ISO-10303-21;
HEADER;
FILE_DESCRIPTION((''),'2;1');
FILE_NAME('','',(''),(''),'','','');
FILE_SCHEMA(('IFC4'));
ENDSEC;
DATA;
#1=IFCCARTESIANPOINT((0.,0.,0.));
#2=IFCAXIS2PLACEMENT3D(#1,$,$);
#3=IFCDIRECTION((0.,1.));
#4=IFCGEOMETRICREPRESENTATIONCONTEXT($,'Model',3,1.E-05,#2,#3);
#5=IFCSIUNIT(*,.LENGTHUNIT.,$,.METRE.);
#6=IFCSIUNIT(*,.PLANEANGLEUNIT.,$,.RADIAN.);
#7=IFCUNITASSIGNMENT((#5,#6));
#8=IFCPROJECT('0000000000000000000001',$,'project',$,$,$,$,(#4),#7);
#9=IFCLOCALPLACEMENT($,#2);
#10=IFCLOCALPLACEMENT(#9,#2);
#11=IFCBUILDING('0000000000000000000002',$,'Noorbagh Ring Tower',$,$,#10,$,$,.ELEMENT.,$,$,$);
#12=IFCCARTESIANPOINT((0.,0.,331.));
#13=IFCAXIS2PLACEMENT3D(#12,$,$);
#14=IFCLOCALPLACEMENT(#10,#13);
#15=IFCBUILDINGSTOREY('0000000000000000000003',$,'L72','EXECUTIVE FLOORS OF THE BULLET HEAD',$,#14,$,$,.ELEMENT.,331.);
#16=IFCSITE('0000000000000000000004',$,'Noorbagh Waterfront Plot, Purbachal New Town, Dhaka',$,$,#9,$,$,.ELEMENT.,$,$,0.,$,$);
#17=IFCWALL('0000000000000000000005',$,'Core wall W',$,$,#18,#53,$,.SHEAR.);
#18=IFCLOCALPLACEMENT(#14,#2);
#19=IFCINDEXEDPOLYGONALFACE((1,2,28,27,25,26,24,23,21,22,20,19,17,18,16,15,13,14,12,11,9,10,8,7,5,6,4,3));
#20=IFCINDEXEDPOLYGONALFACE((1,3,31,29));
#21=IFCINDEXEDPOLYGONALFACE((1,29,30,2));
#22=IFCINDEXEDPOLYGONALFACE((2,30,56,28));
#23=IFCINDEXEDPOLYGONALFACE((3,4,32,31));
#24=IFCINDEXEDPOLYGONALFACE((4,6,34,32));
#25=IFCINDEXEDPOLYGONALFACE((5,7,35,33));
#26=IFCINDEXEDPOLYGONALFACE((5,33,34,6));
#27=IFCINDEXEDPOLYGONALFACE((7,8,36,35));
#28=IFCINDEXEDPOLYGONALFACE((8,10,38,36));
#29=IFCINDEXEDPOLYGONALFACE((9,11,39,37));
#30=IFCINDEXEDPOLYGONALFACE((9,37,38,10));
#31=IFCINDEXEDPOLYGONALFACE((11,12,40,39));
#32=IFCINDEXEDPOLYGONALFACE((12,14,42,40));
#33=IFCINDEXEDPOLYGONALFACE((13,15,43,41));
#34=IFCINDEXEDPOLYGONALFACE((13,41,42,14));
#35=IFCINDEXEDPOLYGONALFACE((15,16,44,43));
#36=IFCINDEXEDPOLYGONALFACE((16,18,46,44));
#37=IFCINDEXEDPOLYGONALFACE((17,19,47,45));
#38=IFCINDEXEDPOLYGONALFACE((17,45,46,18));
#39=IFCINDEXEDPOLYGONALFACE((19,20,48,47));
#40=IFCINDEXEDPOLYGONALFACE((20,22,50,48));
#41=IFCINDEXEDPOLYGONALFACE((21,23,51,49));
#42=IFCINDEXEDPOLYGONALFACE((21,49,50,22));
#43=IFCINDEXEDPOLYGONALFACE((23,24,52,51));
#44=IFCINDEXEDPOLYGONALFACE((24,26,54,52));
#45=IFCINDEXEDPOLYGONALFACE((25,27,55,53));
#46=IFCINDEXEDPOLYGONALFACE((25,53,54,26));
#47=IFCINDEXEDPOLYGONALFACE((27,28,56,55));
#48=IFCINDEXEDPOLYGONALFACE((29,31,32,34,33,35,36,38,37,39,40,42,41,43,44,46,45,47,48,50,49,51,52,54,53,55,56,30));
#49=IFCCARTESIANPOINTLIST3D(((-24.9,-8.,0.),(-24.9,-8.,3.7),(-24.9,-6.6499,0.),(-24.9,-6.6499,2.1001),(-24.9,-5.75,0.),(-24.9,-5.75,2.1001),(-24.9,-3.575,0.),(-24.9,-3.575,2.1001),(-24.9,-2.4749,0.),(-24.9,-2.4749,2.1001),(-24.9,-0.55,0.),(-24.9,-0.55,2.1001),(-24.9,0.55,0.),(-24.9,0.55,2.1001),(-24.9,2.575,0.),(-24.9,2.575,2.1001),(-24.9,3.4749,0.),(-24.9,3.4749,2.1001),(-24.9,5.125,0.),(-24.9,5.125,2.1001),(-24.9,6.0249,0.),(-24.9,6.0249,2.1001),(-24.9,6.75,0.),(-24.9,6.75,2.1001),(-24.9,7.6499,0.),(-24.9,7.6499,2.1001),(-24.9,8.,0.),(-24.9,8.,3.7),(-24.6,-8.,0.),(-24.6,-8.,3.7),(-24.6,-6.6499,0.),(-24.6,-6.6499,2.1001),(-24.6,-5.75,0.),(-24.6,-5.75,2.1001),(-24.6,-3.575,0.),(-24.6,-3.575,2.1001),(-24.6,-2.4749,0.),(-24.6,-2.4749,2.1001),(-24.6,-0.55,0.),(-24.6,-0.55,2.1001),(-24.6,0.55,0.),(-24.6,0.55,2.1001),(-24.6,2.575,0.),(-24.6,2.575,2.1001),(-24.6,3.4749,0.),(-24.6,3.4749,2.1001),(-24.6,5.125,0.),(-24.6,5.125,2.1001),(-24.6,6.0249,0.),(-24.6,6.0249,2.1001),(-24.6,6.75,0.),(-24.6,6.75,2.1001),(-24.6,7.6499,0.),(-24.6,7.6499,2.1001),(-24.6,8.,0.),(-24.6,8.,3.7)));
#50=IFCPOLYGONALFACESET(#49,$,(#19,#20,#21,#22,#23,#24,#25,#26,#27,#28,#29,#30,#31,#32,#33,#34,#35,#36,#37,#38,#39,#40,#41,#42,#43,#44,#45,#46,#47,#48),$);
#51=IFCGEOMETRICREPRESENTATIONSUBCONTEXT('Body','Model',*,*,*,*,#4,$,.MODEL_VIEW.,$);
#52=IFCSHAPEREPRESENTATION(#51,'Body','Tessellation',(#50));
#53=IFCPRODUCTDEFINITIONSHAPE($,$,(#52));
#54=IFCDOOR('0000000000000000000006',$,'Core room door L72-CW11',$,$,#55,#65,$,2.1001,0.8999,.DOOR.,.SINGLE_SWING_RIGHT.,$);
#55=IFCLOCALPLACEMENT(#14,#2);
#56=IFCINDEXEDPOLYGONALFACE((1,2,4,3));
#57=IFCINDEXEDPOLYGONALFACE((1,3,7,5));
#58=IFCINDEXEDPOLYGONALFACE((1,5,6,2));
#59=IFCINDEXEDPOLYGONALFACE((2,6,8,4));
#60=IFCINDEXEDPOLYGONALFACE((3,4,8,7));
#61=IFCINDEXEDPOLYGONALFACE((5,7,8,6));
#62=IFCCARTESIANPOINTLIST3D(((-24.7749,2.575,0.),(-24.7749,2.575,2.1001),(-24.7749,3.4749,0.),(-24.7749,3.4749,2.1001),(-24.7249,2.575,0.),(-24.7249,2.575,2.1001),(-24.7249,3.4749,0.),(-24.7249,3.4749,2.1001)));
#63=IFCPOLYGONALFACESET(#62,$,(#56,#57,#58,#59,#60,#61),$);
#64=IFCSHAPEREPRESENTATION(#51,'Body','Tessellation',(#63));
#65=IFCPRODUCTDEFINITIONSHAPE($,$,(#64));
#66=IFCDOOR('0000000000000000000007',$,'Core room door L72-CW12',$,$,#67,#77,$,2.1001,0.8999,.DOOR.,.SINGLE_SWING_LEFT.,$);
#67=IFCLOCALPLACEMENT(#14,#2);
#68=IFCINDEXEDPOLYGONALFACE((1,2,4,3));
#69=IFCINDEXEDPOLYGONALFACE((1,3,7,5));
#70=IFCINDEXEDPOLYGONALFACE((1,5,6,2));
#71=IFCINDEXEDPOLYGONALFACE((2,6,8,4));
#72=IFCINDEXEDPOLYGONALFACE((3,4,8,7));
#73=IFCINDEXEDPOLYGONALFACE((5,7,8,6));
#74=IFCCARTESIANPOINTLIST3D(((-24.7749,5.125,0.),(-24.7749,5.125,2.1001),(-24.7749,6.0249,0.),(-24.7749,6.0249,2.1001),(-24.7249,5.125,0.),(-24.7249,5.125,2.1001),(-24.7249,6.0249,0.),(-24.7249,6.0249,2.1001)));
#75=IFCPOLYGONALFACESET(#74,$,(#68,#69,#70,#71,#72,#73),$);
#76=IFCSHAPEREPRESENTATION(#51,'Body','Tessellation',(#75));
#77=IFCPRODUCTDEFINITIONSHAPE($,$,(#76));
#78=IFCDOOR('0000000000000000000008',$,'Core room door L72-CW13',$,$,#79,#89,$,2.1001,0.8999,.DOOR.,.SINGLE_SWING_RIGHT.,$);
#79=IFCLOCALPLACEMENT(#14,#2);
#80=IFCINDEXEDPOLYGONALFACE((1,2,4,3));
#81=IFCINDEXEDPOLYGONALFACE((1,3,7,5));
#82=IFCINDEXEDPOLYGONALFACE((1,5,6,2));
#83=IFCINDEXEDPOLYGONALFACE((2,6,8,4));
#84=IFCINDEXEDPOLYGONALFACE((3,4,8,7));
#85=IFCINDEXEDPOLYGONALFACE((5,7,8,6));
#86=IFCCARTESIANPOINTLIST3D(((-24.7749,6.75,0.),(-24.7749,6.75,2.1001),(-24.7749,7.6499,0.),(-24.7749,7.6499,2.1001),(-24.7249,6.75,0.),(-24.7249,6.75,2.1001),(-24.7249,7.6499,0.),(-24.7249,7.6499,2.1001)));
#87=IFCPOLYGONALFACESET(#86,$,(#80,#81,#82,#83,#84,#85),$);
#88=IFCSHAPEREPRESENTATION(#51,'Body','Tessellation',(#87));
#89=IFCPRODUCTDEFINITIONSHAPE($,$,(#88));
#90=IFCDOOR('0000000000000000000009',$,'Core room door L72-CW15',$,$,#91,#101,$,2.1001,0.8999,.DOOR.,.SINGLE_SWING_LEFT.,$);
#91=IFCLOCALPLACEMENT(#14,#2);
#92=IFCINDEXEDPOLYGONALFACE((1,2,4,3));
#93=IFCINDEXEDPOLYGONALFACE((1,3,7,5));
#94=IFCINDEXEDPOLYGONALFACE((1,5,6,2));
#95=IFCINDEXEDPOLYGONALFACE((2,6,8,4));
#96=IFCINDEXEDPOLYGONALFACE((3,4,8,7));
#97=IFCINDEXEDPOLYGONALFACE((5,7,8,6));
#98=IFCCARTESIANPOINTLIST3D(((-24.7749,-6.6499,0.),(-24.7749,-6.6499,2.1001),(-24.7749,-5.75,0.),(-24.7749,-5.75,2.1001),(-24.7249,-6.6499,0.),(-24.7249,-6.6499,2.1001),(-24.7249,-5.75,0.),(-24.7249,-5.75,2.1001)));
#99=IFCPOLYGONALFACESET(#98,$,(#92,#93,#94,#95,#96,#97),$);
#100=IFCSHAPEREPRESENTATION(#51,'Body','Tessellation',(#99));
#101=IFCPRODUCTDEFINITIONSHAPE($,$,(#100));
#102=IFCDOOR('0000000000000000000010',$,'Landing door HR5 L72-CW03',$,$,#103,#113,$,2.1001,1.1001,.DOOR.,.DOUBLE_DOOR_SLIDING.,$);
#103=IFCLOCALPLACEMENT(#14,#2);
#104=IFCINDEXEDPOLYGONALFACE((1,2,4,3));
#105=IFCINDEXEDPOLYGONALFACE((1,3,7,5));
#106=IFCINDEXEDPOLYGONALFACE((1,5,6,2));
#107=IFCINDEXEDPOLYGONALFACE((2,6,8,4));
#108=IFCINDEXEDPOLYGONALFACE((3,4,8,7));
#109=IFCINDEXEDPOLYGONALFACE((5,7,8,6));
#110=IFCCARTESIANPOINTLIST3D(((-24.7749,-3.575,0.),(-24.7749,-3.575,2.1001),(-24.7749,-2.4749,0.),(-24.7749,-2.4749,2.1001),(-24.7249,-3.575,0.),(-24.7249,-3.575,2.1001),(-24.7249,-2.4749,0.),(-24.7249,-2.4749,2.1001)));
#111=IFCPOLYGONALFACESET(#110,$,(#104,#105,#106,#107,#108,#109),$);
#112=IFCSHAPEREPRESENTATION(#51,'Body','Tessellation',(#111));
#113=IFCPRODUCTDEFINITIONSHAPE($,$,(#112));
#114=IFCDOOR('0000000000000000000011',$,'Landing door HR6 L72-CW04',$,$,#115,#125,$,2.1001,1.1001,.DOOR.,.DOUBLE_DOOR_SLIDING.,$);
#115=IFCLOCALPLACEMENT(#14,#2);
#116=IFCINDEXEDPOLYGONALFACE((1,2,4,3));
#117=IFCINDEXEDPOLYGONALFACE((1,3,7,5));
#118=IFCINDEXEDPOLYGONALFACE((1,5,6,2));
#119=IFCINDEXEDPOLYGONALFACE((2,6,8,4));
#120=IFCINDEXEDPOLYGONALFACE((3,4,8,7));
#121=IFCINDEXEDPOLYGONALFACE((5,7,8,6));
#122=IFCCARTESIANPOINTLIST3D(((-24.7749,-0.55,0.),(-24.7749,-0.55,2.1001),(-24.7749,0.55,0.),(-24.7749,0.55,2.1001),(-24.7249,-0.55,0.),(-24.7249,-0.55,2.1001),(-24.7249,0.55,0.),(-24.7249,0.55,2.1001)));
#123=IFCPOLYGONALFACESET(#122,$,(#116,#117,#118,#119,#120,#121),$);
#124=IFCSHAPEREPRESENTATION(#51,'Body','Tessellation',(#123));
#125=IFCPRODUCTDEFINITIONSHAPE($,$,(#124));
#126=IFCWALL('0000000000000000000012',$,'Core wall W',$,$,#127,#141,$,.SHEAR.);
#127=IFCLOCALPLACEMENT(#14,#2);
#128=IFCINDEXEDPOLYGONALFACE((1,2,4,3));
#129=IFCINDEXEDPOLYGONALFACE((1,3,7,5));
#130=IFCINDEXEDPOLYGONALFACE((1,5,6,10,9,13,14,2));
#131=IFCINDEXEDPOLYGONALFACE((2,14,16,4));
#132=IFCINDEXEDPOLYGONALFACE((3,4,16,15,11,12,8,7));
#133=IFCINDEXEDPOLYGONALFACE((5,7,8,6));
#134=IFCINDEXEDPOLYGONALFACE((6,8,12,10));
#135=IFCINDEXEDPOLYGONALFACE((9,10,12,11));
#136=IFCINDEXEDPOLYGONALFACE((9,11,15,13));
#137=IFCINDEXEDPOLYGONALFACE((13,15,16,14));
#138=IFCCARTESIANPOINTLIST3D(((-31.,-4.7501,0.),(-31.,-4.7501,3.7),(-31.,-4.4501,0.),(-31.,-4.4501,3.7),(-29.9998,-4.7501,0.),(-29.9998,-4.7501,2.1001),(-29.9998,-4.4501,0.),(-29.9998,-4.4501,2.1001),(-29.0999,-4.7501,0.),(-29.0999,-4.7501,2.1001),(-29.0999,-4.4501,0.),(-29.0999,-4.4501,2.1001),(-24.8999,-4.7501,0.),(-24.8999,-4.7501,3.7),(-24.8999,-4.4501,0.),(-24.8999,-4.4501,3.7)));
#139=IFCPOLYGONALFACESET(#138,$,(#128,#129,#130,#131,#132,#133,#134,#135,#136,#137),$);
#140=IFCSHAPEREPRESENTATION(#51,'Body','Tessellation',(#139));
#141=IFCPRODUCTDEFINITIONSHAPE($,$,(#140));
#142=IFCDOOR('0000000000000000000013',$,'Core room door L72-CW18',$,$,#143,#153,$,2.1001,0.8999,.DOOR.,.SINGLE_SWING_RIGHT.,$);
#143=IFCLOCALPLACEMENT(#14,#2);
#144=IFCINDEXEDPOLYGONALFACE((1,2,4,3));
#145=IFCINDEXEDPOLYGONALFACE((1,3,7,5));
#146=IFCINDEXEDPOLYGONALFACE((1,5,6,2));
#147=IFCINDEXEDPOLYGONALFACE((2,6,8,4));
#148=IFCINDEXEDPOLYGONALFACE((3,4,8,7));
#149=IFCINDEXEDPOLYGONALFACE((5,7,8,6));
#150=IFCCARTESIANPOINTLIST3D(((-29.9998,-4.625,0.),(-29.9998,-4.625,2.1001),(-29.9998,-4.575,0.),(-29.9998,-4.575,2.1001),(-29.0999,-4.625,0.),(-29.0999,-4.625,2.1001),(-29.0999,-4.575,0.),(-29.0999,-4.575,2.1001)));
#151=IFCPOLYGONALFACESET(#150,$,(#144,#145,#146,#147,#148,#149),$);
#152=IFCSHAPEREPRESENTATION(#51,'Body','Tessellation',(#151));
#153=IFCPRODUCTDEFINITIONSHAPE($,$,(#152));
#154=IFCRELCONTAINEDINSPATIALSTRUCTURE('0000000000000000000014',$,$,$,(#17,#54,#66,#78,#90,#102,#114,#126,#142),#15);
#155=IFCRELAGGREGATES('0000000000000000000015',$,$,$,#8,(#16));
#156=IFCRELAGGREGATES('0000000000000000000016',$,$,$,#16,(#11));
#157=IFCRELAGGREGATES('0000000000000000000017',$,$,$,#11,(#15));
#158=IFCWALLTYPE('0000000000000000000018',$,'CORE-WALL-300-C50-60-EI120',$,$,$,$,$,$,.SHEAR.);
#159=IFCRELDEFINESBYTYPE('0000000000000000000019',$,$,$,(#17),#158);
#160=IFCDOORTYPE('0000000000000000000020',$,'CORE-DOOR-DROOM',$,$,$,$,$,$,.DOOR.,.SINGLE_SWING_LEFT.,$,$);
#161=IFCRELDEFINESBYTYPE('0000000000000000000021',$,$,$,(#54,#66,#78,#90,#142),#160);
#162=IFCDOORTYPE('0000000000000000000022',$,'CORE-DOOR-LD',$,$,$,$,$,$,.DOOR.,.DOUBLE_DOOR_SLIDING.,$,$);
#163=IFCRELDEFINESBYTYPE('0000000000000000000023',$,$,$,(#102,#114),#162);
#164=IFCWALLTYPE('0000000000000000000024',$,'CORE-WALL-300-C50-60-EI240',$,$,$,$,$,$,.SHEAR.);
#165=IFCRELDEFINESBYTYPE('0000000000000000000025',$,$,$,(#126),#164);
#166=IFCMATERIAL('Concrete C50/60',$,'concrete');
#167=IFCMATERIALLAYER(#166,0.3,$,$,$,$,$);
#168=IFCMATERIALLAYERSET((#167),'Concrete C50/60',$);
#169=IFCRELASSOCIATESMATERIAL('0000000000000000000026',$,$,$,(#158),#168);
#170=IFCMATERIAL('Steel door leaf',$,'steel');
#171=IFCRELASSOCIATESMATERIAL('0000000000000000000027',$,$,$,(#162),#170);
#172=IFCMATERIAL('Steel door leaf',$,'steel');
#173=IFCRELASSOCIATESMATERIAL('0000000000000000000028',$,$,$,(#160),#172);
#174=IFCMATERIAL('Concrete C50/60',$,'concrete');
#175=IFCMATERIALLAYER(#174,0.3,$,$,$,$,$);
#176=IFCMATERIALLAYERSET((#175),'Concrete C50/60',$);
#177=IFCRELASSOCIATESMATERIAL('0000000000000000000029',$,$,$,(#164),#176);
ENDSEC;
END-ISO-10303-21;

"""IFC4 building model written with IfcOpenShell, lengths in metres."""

from ifc_helpers import new_model, si_unit, direction, frame, frame_2d, origin, place, context, subcontext, project, spatial, rectangle, extrude, material, layer, layer_set, type_object, element, fill, save


model = new_model("IFC4")

# Units and contexts
model_context = context("Model", 3, precision=1e-05, world=origin(), true_north=direction((0.0, 1.0)))
body_context = subcontext(model_context, "Body", "Model", "MODEL_VIEW")
ifc_project = project(units=[si_unit("LENGTHUNIT", "METRE"), si_unit("PLANEANGLEUNIT", "RADIAN")], contexts=[model_context])

# Site, building, storey
site_placement = place(None, origin())
site = spatial("IfcSite", under=ifc_project, at=site_placement, Name="Noorbagh Waterfront Plot, Purbachal New Town, Dhaka", CompositionType="ELEMENT", RefElevation=0.0)
building_placement = place(site_placement, origin())
building = spatial("IfcBuilding", under=site, at=building_placement, Name="Noorbagh Ring Tower", CompositionType="ELEMENT")
storey_placement = place(building_placement, frame((0.0, 0.0, 331.0)))
storey = spatial("IfcBuildingStorey", under=building, at=storey_placement, Name="L72", Description="EXECUTIVE FLOORS OF THE BULLET HEAD", CompositionType="ELEMENT", Elevation=331.0)

# Shared definitions
ifc_material_1 = material(Name="Concrete C50/60", Category="concrete")
ifc_layer_1 = layer(ifc_material_1, 0.3)
ifc_layer_set_1 = layer_set([ifc_layer_1], Name="Concrete C50/60")
wall_type_1 = type_object("IfcWallType", Name="CORE-WALL-300-C50-60-EI120", PredefinedType="SHEAR", material=ifc_layer_set_1)

# Wall, openings, doors
ifc_material_2 = material(Name="Steel door leaf", Category="steel")
door_type_1 = type_object("IfcDoorType", Name="CORE-DOOR-LD", OperationType="DOUBLE_DOOR_SLIDING", PredefinedType="DOOR", material=ifc_material_2)
wall_1_placement = place(storey_placement, frame((-24.75, -8.0, 0.0), z_axis=(0.0, 0.0, 1.0), x_axis=(0.0, 1.0, 0.0)))
wall_1 = element("IfcWall", 1, at=wall_1_placement, inside=storey, type_object=wall_type_1, Name="Core wall W", PredefinedType="SHEAR", context=body_context, shape_type="SweptSolid", body=[
    extrude(rectangle(XDim=16.0, YDim=0.3, at=frame_2d((8.0, 0.0))), origin(), (0.0, 0.0, 1.0), 3.7),
])
opening_1_placement = place(wall_1_placement, frame((4.425, 0.0, 0.0)))
opening_1 = element("IfcOpeningElement", 2, at=opening_1_placement, cuts=wall_1, PredefinedType="OPENING", context=body_context, shape_type="SweptSolid", body=[
    extrude(rectangle(XDim=1.1001, YDim=2.1001, at=frame_2d((0.55, 1.05))), frame((0.0, 0.1602, 0.0), z_axis=(0.0, -1.0, 0.0), x_axis=(1.0, 0.0, 0.0)), (0.0, 0.0, 1.0), 0.3201),
])
opening_2_placement = place(wall_1_placement, frame((7.45, 0.0, 0.0)))
opening_2 = element("IfcOpeningElement", 3, at=opening_2_placement, cuts=wall_1, PredefinedType="OPENING", context=body_context, shape_type="SweptSolid", body=[
    extrude(rectangle(XDim=1.1001, YDim=2.1001, at=frame_2d((0.55, 1.05))), frame((0.0, 0.1602, 0.0), z_axis=(0.0, -1.0, 0.0), x_axis=(1.0, 0.0, 0.0)), (0.0, 0.0, 1.0), 0.3201),
])
opening_3_placement = place(wall_1_placement, frame((10.575, 0.0, 0.0)))
opening_3 = element("IfcOpeningElement", 4, at=opening_3_placement, cuts=wall_1, PredefinedType="OPENING", context=body_context, shape_type="SweptSolid", body=[
    extrude(rectangle(XDim=0.8999, YDim=2.1001, at=frame_2d((0.45, 1.05))), frame((0.0, 0.1602, 0.0), z_axis=(0.0, -1.0, 0.0), x_axis=(1.0, 0.0, 0.0)), (0.0, 0.0, 1.0), 0.3201),
])
opening_4_placement = place(wall_1_placement, frame((13.125, 0.0, 0.0)))
opening_4 = element("IfcOpeningElement", 5, at=opening_4_placement, cuts=wall_1, PredefinedType="OPENING", context=body_context, shape_type="SweptSolid", body=[
    extrude(rectangle(XDim=0.8999, YDim=2.1001, at=frame_2d((0.45, 1.05))), frame((0.0, 0.1602, 0.0), z_axis=(0.0, -1.0, 0.0), x_axis=(1.0, 0.0, 0.0)), (0.0, 0.0, 1.0), 0.3201),
])
opening_5_placement = place(wall_1_placement, frame((14.75, 0.0, 0.0)))
opening_5 = element("IfcOpeningElement", 6, at=opening_5_placement, cuts=wall_1, PredefinedType="OPENING", context=body_context, shape_type="SweptSolid", body=[
    extrude(rectangle(XDim=0.8999, YDim=2.1001, at=frame_2d((0.45, 1.05))), frame((0.0, 0.1602, 0.0), z_axis=(0.0, -1.0, 0.0), x_axis=(1.0, 0.0, 0.0)), (0.0, 0.0, 1.0), 0.3201),
])
opening_6_placement = place(wall_1_placement, frame((1.3501, 0.0, 0.0)))
opening_6 = element("IfcOpeningElement", 7, at=opening_6_placement, cuts=wall_1, PredefinedType="OPENING", context=body_context, shape_type="SweptSolid", body=[
    extrude(rectangle(XDim=0.8999, YDim=2.1001, at=frame_2d((0.45, 1.05))), frame((0.0, 0.1602, 0.0), z_axis=(0.0, -1.0, 0.0), x_axis=(1.0, 0.0, 0.0)), (0.0, 0.0, 1.0), 0.3201),
])
ifc_material_3 = material(Name="Steel door leaf", Category="steel")
door_type_2 = type_object("IfcDoorType", Name="CORE-DOOR-DROOM", OperationType="SINGLE_SWING_LEFT", PredefinedType="DOOR", material=ifc_material_3)
door_1_placement = place(opening_3_placement, origin())
door_1 = element("IfcDoor", 8, at=door_1_placement, inside=storey, type_object=door_type_2, Name="Core room door L72-CW11", OperationType="SINGLE_SWING_RIGHT", OverallHeight=2.1001, OverallWidth=0.8999, PredefinedType="DOOR", context=body_context, shape_type="SweptSolid", body=[
    extrude(rectangle(XDim=0.8999, YDim=2.1001, at=frame_2d((0.45, 1.05))), frame((0.0, 0.0249, 0.0), z_axis=(0.0, -1.0, 0.0), x_axis=(1.0, 0.0, 0.0)), (0.0, 0.0, 1.0), 0.05),
])
fill(opening_3, door_1)
door_2_placement = place(opening_4_placement, origin())
door_2 = element("IfcDoor", 9, at=door_2_placement, inside=storey, type_object=door_type_2, Name="Core room door L72-CW12", OperationType="SINGLE_SWING_LEFT", OverallHeight=2.1001, OverallWidth=0.8999, PredefinedType="DOOR", context=body_context, shape_type="SweptSolid", body=[
    extrude(rectangle(XDim=0.8999, YDim=2.1001, at=frame_2d((0.45, 1.05))), frame((0.0, 0.0249, 0.0), z_axis=(0.0, -1.0, 0.0), x_axis=(1.0, 0.0, 0.0)), (0.0, 0.0, 1.0), 0.05),
])
fill(opening_4, door_2)
door_3_placement = place(opening_5_placement, origin())
door_3 = element("IfcDoor", 10, at=door_3_placement, inside=storey, type_object=door_type_2, Name="Core room door L72-CW13", OperationType="SINGLE_SWING_RIGHT", OverallHeight=2.1001, OverallWidth=0.8999, PredefinedType="DOOR", context=body_context, shape_type="SweptSolid", body=[
    extrude(rectangle(XDim=0.8999, YDim=2.1001, at=frame_2d((0.45, 1.05))), frame((0.0, 0.0249, 0.0), z_axis=(0.0, -1.0, 0.0), x_axis=(1.0, 0.0, 0.0)), (0.0, 0.0, 1.0), 0.05),
])
fill(opening_5, door_3)
door_4_placement = place(opening_6_placement, origin())
door_4 = element("IfcDoor", 11, at=door_4_placement, inside=storey, type_object=door_type_2, Name="Core room door L72-CW15", OperationType="SINGLE_SWING_LEFT", OverallHeight=2.1001, OverallWidth=0.8999, PredefinedType="DOOR", context=body_context, shape_type="SweptSolid", body=[
    extrude(rectangle(XDim=0.8999, YDim=2.1001, at=frame_2d((0.45, 1.05))), frame((0.0, 0.0249, 0.0), z_axis=(0.0, -1.0, 0.0), x_axis=(1.0, 0.0, 0.0)), (0.0, 0.0, 1.0), 0.05),
])
fill(opening_6, door_4)
door_5_placement = place(opening_1_placement, origin())
door_5 = element("IfcDoor", 12, at=door_5_placement, inside=storey, type_object=door_type_1, Name="Landing door HR5 L72-CW03", OperationType="DOUBLE_DOOR_SLIDING", OverallHeight=2.1001, OverallWidth=1.1001, PredefinedType="DOOR", context=body_context, shape_type="SweptSolid", body=[
    extrude(rectangle(XDim=1.1001, YDim=2.1001, at=frame_2d((0.55, 1.05))), frame((0.0, 0.0249, 0.0), z_axis=(0.0, -1.0, 0.0), x_axis=(1.0, 0.0, 0.0)), (0.0, 0.0, 1.0), 0.05),
])
fill(opening_1, door_5)
door_6_placement = place(opening_2_placement, origin())
door_6 = element("IfcDoor", 13, at=door_6_placement, inside=storey, type_object=door_type_1, Name="Landing door HR6 L72-CW04", OperationType="DOUBLE_DOOR_SLIDING", OverallHeight=2.1001, OverallWidth=1.1001, PredefinedType="DOOR", context=body_context, shape_type="SweptSolid", body=[
    extrude(rectangle(XDim=1.1001, YDim=2.1001, at=frame_2d((0.55, 1.05))), frame((0.0, 0.0249, 0.0), z_axis=(0.0, -1.0, 0.0), x_axis=(1.0, 0.0, 0.0)), (0.0, 0.0, 1.0), 0.05),
])
fill(opening_2, door_6)

# Wall, opening, door
ifc_material_4 = material(Name="Concrete C50/60", Category="concrete")
ifc_layer_2 = layer(ifc_material_4, 0.3)
ifc_layer_set_2 = layer_set([ifc_layer_2], Name="Concrete C50/60")
wall_type_2 = type_object("IfcWallType", Name="CORE-WALL-300-C50-60-EI240", PredefinedType="SHEAR", material=ifc_layer_set_2)
wall_2_placement = place(storey_placement, frame((-24.8999, -4.6001, 0.0), z_axis=(0.0, 0.0, 1.0), x_axis=(-1.0, 0.0, 0.0)))
wall_2 = element("IfcWall", 14, at=wall_2_placement, inside=storey, type_object=wall_type_2, Name="Core wall W", PredefinedType="SHEAR", context=body_context, shape_type="SweptSolid", body=[
    extrude(rectangle(XDim=6.1001, YDim=0.3, at=frame_2d((3.05, 0.0))), origin(), (0.0, 0.0, 1.0), 3.7),
])
opening_7_placement = place(wall_2_placement, frame((4.2, 0.0, 0.0)))
opening_7 = element("IfcOpeningElement", 15, at=opening_7_placement, cuts=wall_2, PredefinedType="OPENING", context=body_context, shape_type="SweptSolid", body=[
    extrude(rectangle(XDim=0.8999, YDim=2.1001, at=frame_2d((0.45, 1.05))), frame((0.0, 0.1602, 0.0), z_axis=(0.0, -1.0, 0.0), x_axis=(1.0, 0.0, 0.0)), (0.0, 0.0, 1.0), 0.3201),
])
door_7_placement = place(opening_7_placement, origin())
door_7 = element("IfcDoor", 16, at=door_7_placement, inside=storey, type_object=door_type_2, Name="Core room door L72-CW18", OperationType="SINGLE_SWING_RIGHT", OverallHeight=2.1001, OverallWidth=0.8999, PredefinedType="DOOR", context=body_context, shape_type="SweptSolid", body=[
    extrude(rectangle(XDim=0.8999, YDim=2.1001, at=frame_2d((0.45, 1.05))), frame((0.0, 0.0249, 0.0), z_axis=(0.0, -1.0, 0.0), x_axis=(1.0, 0.0, 0.0)), (0.0, 0.0, 1.0), 0.05),
])
fill(opening_7, door_7)

save(model, "model.ifc")
